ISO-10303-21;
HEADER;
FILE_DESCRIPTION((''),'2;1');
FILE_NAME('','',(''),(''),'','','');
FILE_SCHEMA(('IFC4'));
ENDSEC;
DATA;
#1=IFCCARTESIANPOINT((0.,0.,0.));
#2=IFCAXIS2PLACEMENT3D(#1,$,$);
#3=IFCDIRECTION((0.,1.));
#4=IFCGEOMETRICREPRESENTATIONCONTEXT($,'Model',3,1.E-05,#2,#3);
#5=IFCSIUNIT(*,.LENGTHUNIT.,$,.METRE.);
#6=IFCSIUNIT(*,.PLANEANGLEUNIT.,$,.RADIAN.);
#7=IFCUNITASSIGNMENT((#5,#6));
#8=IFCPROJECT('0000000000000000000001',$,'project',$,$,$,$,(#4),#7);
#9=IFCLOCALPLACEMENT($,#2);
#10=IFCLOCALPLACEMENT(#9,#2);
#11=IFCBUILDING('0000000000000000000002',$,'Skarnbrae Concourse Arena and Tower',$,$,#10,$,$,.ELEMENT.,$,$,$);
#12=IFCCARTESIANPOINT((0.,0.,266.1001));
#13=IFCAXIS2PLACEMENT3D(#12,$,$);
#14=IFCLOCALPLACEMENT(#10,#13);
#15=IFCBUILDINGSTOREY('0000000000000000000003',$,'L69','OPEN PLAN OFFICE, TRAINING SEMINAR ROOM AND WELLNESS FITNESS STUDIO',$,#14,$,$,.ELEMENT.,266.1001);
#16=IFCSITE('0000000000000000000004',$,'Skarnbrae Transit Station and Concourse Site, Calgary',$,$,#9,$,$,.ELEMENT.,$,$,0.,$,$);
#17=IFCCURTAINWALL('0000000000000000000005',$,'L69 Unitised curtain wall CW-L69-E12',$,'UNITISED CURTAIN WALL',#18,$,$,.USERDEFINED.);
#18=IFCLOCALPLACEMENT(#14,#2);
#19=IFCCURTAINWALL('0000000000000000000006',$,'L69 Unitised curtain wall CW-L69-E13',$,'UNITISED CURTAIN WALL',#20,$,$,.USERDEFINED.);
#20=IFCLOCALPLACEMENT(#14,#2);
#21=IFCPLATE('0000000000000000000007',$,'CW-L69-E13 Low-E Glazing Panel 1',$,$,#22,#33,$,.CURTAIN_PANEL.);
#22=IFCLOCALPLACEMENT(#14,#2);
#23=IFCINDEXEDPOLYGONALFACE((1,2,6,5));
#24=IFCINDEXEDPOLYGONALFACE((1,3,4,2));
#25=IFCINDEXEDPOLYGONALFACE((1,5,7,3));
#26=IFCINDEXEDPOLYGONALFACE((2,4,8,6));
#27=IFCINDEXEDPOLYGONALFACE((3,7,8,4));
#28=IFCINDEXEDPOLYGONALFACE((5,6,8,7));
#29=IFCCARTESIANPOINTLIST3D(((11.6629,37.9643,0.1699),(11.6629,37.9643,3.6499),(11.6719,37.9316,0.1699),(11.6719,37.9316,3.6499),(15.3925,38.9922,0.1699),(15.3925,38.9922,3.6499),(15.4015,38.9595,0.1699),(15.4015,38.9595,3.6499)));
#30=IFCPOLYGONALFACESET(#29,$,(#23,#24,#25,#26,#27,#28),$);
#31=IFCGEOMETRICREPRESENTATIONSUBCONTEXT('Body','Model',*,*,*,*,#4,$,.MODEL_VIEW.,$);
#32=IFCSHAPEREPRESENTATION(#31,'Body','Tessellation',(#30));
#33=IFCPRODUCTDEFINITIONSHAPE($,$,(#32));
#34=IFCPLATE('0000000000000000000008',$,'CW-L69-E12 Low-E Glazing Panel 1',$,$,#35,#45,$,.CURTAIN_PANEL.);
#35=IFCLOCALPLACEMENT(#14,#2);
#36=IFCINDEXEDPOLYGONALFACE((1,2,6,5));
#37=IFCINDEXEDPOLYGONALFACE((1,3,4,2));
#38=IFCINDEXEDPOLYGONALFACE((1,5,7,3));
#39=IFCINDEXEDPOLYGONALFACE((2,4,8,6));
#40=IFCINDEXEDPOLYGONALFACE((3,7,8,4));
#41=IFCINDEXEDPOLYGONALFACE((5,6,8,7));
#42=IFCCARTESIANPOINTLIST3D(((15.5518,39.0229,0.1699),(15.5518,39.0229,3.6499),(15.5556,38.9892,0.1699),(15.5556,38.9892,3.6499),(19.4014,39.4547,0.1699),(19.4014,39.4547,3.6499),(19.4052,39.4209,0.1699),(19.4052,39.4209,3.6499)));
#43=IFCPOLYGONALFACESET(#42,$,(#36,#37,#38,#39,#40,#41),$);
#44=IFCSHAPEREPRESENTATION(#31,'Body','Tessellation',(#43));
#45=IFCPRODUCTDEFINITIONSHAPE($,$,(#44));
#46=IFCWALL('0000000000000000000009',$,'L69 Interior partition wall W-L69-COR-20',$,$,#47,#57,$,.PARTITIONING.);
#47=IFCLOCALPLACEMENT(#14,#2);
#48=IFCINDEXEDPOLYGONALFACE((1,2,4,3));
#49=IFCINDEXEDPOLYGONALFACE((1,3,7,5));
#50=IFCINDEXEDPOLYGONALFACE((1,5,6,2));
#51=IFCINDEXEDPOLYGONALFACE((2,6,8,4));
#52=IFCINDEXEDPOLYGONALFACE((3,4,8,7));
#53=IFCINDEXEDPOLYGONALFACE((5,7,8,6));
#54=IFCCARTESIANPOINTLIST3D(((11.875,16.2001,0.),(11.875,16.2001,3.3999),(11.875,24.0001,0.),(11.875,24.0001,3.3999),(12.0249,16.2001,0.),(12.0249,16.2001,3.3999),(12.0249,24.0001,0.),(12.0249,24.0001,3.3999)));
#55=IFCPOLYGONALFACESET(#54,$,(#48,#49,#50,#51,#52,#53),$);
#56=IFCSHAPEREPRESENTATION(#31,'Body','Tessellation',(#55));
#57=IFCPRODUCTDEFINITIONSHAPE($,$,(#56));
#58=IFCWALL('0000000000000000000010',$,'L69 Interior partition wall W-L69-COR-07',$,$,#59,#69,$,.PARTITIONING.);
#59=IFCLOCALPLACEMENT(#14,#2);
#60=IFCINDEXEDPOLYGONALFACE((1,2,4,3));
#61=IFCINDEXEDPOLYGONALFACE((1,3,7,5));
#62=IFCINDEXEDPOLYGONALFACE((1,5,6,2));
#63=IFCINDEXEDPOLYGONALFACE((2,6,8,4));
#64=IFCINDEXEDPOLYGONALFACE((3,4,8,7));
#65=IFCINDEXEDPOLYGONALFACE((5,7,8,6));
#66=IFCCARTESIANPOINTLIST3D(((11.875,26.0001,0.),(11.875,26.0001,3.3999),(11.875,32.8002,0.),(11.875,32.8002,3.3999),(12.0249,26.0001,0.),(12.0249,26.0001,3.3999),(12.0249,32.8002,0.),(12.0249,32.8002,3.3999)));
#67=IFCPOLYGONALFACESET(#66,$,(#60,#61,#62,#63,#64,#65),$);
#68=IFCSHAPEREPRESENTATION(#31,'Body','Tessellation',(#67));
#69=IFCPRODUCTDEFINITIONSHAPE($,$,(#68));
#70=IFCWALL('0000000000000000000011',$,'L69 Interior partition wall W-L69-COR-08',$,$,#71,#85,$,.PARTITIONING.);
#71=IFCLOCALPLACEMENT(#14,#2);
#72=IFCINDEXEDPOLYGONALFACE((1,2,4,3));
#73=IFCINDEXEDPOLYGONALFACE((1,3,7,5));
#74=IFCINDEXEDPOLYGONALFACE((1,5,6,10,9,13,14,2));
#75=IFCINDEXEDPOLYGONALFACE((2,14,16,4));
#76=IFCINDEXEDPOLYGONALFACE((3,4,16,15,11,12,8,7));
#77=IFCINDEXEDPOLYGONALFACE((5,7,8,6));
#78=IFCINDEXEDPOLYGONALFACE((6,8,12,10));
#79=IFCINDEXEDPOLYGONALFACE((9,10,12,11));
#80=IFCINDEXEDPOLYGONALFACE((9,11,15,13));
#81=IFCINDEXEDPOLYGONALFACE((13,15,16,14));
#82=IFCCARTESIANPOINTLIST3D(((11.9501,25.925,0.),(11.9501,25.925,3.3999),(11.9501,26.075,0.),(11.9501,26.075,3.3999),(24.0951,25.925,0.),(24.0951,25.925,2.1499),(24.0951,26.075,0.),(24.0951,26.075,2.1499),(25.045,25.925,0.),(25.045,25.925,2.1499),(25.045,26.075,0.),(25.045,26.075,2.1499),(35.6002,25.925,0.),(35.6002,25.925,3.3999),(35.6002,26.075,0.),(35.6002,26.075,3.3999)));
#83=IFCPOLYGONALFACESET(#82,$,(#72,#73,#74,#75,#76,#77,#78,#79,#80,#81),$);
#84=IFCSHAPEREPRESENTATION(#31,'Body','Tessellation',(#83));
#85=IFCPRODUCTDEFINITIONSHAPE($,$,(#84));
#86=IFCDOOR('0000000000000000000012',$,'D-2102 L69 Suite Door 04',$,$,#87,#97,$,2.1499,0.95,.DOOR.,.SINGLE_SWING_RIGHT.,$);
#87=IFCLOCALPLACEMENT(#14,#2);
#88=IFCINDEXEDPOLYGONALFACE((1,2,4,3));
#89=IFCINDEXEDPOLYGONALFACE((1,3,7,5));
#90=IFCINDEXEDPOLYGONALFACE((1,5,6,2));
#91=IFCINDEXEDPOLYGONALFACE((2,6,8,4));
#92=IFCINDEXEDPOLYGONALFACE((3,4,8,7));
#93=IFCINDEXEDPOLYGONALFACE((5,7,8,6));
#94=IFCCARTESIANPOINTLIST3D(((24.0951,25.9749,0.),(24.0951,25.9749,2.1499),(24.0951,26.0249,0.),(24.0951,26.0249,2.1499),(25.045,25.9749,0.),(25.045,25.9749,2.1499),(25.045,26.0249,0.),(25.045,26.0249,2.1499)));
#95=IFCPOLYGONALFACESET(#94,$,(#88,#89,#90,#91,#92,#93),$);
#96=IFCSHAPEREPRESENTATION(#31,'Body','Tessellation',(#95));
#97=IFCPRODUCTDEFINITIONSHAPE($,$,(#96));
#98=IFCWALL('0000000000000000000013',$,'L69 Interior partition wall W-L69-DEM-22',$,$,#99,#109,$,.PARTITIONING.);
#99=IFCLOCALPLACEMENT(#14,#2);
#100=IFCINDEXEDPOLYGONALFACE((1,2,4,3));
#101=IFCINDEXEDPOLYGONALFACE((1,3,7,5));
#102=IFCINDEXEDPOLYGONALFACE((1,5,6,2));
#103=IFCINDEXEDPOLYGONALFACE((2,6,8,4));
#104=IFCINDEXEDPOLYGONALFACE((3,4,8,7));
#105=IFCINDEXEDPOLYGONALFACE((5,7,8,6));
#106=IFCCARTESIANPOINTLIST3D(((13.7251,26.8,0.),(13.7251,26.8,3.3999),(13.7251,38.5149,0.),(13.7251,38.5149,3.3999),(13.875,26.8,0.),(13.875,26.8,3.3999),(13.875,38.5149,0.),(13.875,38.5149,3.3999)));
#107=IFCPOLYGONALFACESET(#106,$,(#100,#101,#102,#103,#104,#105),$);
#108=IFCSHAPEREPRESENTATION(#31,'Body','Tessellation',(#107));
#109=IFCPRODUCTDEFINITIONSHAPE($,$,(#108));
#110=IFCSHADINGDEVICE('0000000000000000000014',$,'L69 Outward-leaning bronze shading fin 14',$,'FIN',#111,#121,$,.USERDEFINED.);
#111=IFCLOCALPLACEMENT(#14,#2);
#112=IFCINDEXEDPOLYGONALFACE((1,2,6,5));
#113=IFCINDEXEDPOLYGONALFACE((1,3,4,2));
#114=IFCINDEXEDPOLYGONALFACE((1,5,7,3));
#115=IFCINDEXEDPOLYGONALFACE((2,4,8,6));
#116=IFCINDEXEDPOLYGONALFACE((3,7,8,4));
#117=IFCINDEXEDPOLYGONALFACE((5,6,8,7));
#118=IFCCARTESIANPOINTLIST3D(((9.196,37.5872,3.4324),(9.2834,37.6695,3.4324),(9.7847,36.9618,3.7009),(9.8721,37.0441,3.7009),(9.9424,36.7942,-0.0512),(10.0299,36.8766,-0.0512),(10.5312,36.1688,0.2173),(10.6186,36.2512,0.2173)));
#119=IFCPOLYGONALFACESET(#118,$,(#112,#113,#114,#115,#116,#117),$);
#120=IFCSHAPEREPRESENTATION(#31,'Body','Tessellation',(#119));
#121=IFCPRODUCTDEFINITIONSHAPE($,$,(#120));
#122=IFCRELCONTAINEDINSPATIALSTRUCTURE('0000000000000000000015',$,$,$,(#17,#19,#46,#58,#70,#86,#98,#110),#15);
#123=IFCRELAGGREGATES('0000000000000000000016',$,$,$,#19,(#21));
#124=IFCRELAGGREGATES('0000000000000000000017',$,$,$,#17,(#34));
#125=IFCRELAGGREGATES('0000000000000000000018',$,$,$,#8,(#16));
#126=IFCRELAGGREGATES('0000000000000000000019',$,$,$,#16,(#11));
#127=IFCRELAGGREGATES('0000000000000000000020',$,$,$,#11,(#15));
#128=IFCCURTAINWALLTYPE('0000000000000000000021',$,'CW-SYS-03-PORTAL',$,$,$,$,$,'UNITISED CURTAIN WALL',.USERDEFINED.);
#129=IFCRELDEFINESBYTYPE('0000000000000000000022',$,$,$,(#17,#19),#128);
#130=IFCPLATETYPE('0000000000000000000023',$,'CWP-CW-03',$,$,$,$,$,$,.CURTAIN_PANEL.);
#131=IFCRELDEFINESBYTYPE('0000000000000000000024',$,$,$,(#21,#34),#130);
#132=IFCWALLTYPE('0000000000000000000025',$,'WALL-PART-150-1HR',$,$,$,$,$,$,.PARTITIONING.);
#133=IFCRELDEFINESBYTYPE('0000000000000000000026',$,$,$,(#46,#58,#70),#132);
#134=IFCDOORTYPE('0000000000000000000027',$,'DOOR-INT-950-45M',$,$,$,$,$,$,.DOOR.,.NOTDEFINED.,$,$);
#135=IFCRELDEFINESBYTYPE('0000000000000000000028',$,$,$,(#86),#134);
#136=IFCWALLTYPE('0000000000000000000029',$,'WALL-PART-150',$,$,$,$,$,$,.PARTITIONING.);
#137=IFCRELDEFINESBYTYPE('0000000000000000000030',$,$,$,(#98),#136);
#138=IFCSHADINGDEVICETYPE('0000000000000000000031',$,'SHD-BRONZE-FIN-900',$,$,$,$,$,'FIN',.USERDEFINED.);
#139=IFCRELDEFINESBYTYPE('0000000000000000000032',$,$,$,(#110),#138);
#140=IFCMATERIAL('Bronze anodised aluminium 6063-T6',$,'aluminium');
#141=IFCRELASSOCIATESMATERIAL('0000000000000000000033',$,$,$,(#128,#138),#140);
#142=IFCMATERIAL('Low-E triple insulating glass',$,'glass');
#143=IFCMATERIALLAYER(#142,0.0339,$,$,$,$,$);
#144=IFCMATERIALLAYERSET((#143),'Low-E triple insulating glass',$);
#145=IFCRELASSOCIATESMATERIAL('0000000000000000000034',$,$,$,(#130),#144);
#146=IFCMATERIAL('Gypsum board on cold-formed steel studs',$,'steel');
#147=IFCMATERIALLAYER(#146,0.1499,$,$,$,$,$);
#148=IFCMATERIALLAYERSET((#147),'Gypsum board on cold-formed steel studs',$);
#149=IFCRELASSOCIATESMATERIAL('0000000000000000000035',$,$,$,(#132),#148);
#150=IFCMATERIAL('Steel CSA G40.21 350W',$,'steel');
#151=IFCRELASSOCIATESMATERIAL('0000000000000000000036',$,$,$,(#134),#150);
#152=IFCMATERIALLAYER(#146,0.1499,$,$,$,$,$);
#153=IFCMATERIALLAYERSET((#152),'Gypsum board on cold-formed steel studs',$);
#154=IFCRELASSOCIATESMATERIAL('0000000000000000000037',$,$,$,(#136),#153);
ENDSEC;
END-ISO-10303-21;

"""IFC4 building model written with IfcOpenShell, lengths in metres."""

from ifc_helpers import new_model, si_unit, direction, frame, frame_2d, origin, origin_2d, place, context, subcontext, project, spatial, rectangle, extrude, source, transform, mapped, material, layer, layer_set, type_object, element, fill, aggregate, save


model = new_model("IFC4")

# Units and contexts
model_context = context("Model", 3, precision=1e-05, world=origin(), true_north=direction((0.0, 1.0)))
body_context = subcontext(model_context, "Body", "Model", "MODEL_VIEW")
ifc_project = project(units=[si_unit("LENGTHUNIT", "METRE"), si_unit("PLANEANGLEUNIT", "RADIAN")], contexts=[model_context])

# Site, building, storey
site_placement = place(None, origin())
site = spatial("IfcSite", under=ifc_project, at=site_placement, Name="Skarnbrae Transit Station and Concourse Site, Calgary", CompositionType="ELEMENT", RefElevation=0.0)
building_placement = place(site_placement, origin())
building = spatial("IfcBuilding", under=site, at=building_placement, Name="Skarnbrae Concourse Arena and Tower", CompositionType="ELEMENT")
storey_placement = place(building_placement, frame((0.0, 0.0, 266.1001)))
storey = spatial("IfcBuildingStorey", under=building, at=storey_placement, Name="L69", Description="OPEN PLAN OFFICE, TRAINING SEMINAR ROOM AND WELLNESS FITNESS STUDIO", CompositionType="ELEMENT", Elevation=266.1001)

# Shared definitions
ifc_material_1 = material(Name="Steel CSA G40.21 350W", Category="steel")

# Shared definitions
ifc_material_2 = material(Name="Bronze anodised aluminium 6063-T6", Category="aluminium")
curtain_wall_type_1 = type_object("IfcCurtainWallType", Name="CW-SYS-03-PORTAL", ElementType="UNITISED CURTAIN WALL", PredefinedType="USERDEFINED", material=ifc_material_2)

# Curtain walls
curtain_wall_1_placement = place(storey_placement, origin())
curtain_wall_1 = element("IfcCurtainWall", 1, at=curtain_wall_1_placement, inside=storey, type_object=curtain_wall_type_1, Name="L69 Unitised curtain wall CW-L69-E12", ObjectType="UNITISED CURTAIN WALL", PredefinedType="USERDEFINED")
curtain_wall_2_placement = place(storey_placement, origin())
curtain_wall_2 = element("IfcCurtainWall", 2, at=curtain_wall_2_placement, inside=storey, type_object=curtain_wall_type_1, Name="L69 Unitised curtain wall CW-L69-E13", ObjectType="UNITISED CURTAIN WALL", PredefinedType="USERDEFINED")

# Plates
ifc_material_3 = material(Name="Low-E triple insulating glass", Category="glass")
ifc_layer_1 = layer(ifc_material_3, 0.0339)
ifc_layer_set_1 = layer_set([ifc_layer_1], Name="Low-E triple insulating glass")
plate_type_1 = type_object("IfcPlateType", Name="CWP-CW-03", PredefinedType="CURTAIN_PANEL", material=ifc_layer_set_1)
shared_shape_1 = source(origin(), body_context, "Body", "SweptSolid", [
    extrude(rectangle(XDim=3.8687, YDim=0.0339, at=origin_2d()), origin(), (0.0, 0.0, 1.0), 3.48),
])
plate_1_placement = place(storey_placement, frame((13.5322, 38.4619, 0.1699), z_axis=(0.0, 0.0, 1.0), x_axis=(-0.964057, -0.265694, 0.0)))
plate_1 = element("IfcPlate", 3, at=plate_1_placement, type_object=plate_type_1, Name="CW-L69-E13 Low-E Glazing Panel 1", PredefinedType="CURTAIN_PANEL", context=body_context, shape_type="MappedRepresentation", body=[
    mapped(shared_shape_1, transform((0.0, 0.0, 0.0))),
])
aggregate(curtain_wall_2, [plate_1])
shared_shape_2 = source(origin(), body_context, "Body", "SweptSolid", [
    extrude(rectangle(XDim=3.8738, YDim=0.0339, at=origin_2d()), origin(), (0.0, 0.0, 1.0), 3.48),
])
plate_2_placement = place(storey_placement, frame((17.4785, 39.2219, 0.1699), z_axis=(0.0, 0.0, 1.0), x_axis=(-0.993769, -0.11146, 0.0)))
plate_2 = element("IfcPlate", 4, at=plate_2_placement, type_object=plate_type_1, Name="CW-L69-E12 Low-E Glazing Panel 1", PredefinedType="CURTAIN_PANEL", context=body_context, shape_type="MappedRepresentation", body=[
    mapped(shared_shape_2, transform((0.0, 0.0, 0.0))),
])
aggregate(curtain_wall_1, [plate_2])

# Walls
ifc_material_4 = material(Name="Gypsum board on cold-formed steel studs", Category="steel")
ifc_layer_2 = layer(ifc_material_4, 0.1499)
ifc_layer_set_2 = layer_set([ifc_layer_2], Name="Gypsum board on cold-formed steel studs")
wall_type_1 = type_object("IfcWallType", Name="WALL-PART-150-1HR", PredefinedType="PARTITIONING", material=ifc_layer_set_2)
shared_shape_3 = source(origin(), body_context, "Body", "SweptSolid", [
    extrude(rectangle(XDim=7.8, YDim=0.1499, at=frame_2d((3.8999, 0.0))), origin(), (0.0, 0.0, 1.0), 3.3999),
])
wall_1_placement = place(storey_placement, frame((11.95, 24.0, 0.0), z_axis=(0.0, 0.0, 1.0), x_axis=(0.0, -1.0, 0.0)))
element("IfcWall", 5, at=wall_1_placement, inside=storey, type_object=wall_type_1, Name="L69 Interior partition wall W-L69-COR-20", PredefinedType="PARTITIONING", context=body_context, shape_type="MappedRepresentation", body=[
    mapped(shared_shape_3, transform((0.0, 0.0, 0.0))),
])
shared_shape_4 = source(origin(), body_context, "Body", "SweptSolid", [
    extrude(rectangle(XDim=6.8, YDim=0.1499, at=frame_2d((3.3999, 0.0))), origin(), (0.0, 0.0, 1.0), 3.3999),
])
wall_2_placement = place(storey_placement, frame((11.95, 32.8, 0.0), z_axis=(0.0, 0.0, 1.0), x_axis=(0.0, -1.0, 0.0)))
element("IfcWall", 6, at=wall_2_placement, inside=storey, type_object=wall_type_1, Name="L69 Interior partition wall W-L69-COR-07", PredefinedType="PARTITIONING", context=body_context, shape_type="MappedRepresentation", body=[
    mapped(shared_shape_4, transform((0.0, 0.0, 0.0))),
])

# Wall, opening, door
shared_shape_5 = source(origin(), body_context, "Body", "SweptSolid", [
    extrude(rectangle(XDim=23.6501, YDim=0.1499, at=frame_2d((11.8252, 0.0))), origin(), (0.0, 0.0, 1.0), 3.3999),
])
wall_3_placement = place(storey_placement, frame((11.95, 26.0, 0.0), z_axis=(0.0, 0.0, 1.0), x_axis=(1.0, 0.0, 0.0)))
wall_3 = element("IfcWall", 7, at=wall_3_placement, inside=storey, type_object=wall_type_1, Name="L69 Interior partition wall W-L69-COR-08", PredefinedType="PARTITIONING", context=body_context, shape_type="MappedRepresentation", body=[
    mapped(shared_shape_5, transform((0.0, 0.0, 0.0))),
])
opening_placement = place(wall_3_placement, frame((12.145, 0.0, 0.0)))
opening = element("IfcOpeningElement", 8, at=opening_placement, cuts=wall_3, PredefinedType="OPENING", context=body_context, shape_type="SweptSolid", body=[
    extrude(rectangle(XDim=0.95, YDim=2.1499, at=frame_2d((0.4751, 1.075))), frame((0.0, 0.085, 0.0), z_axis=(0.0, -1.0, 0.0), x_axis=(1.0, 0.0, 0.0)), (0.0, 0.0, 1.0), 0.1699),
])
door_type = type_object("IfcDoorType", Name="DOOR-INT-950-45M", OperationType="NOTDEFINED", PredefinedType="DOOR", material=ifc_material_1)
shared_shape_6 = source(origin(), body_context, "Body", "SweptSolid", [
    extrude(rectangle(XDim=0.95, YDim=2.1499, at=frame_2d((0.4751, 1.075))), frame((0.0, 0.0249, 0.0), z_axis=(0.0, -1.0, 0.0), x_axis=(1.0, 0.0, 0.0)), (0.0, 0.0, 1.0), 0.05),
])
door_placement = place(opening_placement, origin())
door = element("IfcDoor", 9, at=door_placement, inside=storey, type_object=door_type, Name="D-2102 L69 Suite Door 04", OperationType="SINGLE_SWING_RIGHT", OverallHeight=2.1499, OverallWidth=0.95, PredefinedType="DOOR", context=body_context, shape_type="MappedRepresentation", body=[
    mapped(shared_shape_6, transform((0.0, 0.0, 0.0))),
])
fill(opening, door)

# Wall
ifc_layer_3 = layer(ifc_material_4, 0.1499)
ifc_layer_set_3 = layer_set([ifc_layer_3], Name="Gypsum board on cold-formed steel studs")
wall_type_2 = type_object("IfcWallType", Name="WALL-PART-150", PredefinedType="PARTITIONING", material=ifc_layer_set_3)
shared_shape_7 = source(origin(), body_context, "Body", "SweptSolid", [
    extrude(rectangle(XDim=11.7148, YDim=0.1499, at=frame_2d((5.8574, 0.0))), origin(), (0.0, 0.0, 1.0), 3.3999),
])
wall_4_placement = place(storey_placement, frame((13.8, 38.5149, 0.0), z_axis=(0.0, 0.0, 1.0), x_axis=(0.0, -1.0, 0.0)))
element("IfcWall", 10, at=wall_4_placement, inside=storey, type_object=wall_type_2, Name="L69 Interior partition wall W-L69-DEM-22", PredefinedType="PARTITIONING", context=body_context, shape_type="MappedRepresentation", body=[
    mapped(shared_shape_7, transform((0.0, 0.0, 0.0))),
])

# Shading device
shading_device_type = type_object("IfcShadingDeviceType", Name="SHD-BRONZE-FIN-900", ElementType="FIN", PredefinedType="USERDEFINED", material=ifc_material_2)
shared_shape_8 = source(origin(), body_context, "Body", "SweptSolid", [
    extrude(rectangle(XDim=0.1201, YDim=0.8999, at=origin_2d()), origin(), (0.0, 0.0, 1.0), 3.6499),
])
shading_device_placement = place(storey_placement, frame((10.2805, 36.5227, 0.083), z_axis=(-0.204517, 0.217256, 0.954449), x_axis=(0.728132, 0.685437, 0.0)))
element("IfcShadingDevice", 11, at=shading_device_placement, inside=storey, type_object=shading_device_type, Name="L69 Outward-leaning bronze shading fin 14", ObjectType="FIN", PredefinedType="USERDEFINED", context=body_context, shape_type="MappedRepresentation", body=[
    mapped(shared_shape_8, transform((0.0, 0.0, 0.0))),
])

save(model, "model.ifc")
